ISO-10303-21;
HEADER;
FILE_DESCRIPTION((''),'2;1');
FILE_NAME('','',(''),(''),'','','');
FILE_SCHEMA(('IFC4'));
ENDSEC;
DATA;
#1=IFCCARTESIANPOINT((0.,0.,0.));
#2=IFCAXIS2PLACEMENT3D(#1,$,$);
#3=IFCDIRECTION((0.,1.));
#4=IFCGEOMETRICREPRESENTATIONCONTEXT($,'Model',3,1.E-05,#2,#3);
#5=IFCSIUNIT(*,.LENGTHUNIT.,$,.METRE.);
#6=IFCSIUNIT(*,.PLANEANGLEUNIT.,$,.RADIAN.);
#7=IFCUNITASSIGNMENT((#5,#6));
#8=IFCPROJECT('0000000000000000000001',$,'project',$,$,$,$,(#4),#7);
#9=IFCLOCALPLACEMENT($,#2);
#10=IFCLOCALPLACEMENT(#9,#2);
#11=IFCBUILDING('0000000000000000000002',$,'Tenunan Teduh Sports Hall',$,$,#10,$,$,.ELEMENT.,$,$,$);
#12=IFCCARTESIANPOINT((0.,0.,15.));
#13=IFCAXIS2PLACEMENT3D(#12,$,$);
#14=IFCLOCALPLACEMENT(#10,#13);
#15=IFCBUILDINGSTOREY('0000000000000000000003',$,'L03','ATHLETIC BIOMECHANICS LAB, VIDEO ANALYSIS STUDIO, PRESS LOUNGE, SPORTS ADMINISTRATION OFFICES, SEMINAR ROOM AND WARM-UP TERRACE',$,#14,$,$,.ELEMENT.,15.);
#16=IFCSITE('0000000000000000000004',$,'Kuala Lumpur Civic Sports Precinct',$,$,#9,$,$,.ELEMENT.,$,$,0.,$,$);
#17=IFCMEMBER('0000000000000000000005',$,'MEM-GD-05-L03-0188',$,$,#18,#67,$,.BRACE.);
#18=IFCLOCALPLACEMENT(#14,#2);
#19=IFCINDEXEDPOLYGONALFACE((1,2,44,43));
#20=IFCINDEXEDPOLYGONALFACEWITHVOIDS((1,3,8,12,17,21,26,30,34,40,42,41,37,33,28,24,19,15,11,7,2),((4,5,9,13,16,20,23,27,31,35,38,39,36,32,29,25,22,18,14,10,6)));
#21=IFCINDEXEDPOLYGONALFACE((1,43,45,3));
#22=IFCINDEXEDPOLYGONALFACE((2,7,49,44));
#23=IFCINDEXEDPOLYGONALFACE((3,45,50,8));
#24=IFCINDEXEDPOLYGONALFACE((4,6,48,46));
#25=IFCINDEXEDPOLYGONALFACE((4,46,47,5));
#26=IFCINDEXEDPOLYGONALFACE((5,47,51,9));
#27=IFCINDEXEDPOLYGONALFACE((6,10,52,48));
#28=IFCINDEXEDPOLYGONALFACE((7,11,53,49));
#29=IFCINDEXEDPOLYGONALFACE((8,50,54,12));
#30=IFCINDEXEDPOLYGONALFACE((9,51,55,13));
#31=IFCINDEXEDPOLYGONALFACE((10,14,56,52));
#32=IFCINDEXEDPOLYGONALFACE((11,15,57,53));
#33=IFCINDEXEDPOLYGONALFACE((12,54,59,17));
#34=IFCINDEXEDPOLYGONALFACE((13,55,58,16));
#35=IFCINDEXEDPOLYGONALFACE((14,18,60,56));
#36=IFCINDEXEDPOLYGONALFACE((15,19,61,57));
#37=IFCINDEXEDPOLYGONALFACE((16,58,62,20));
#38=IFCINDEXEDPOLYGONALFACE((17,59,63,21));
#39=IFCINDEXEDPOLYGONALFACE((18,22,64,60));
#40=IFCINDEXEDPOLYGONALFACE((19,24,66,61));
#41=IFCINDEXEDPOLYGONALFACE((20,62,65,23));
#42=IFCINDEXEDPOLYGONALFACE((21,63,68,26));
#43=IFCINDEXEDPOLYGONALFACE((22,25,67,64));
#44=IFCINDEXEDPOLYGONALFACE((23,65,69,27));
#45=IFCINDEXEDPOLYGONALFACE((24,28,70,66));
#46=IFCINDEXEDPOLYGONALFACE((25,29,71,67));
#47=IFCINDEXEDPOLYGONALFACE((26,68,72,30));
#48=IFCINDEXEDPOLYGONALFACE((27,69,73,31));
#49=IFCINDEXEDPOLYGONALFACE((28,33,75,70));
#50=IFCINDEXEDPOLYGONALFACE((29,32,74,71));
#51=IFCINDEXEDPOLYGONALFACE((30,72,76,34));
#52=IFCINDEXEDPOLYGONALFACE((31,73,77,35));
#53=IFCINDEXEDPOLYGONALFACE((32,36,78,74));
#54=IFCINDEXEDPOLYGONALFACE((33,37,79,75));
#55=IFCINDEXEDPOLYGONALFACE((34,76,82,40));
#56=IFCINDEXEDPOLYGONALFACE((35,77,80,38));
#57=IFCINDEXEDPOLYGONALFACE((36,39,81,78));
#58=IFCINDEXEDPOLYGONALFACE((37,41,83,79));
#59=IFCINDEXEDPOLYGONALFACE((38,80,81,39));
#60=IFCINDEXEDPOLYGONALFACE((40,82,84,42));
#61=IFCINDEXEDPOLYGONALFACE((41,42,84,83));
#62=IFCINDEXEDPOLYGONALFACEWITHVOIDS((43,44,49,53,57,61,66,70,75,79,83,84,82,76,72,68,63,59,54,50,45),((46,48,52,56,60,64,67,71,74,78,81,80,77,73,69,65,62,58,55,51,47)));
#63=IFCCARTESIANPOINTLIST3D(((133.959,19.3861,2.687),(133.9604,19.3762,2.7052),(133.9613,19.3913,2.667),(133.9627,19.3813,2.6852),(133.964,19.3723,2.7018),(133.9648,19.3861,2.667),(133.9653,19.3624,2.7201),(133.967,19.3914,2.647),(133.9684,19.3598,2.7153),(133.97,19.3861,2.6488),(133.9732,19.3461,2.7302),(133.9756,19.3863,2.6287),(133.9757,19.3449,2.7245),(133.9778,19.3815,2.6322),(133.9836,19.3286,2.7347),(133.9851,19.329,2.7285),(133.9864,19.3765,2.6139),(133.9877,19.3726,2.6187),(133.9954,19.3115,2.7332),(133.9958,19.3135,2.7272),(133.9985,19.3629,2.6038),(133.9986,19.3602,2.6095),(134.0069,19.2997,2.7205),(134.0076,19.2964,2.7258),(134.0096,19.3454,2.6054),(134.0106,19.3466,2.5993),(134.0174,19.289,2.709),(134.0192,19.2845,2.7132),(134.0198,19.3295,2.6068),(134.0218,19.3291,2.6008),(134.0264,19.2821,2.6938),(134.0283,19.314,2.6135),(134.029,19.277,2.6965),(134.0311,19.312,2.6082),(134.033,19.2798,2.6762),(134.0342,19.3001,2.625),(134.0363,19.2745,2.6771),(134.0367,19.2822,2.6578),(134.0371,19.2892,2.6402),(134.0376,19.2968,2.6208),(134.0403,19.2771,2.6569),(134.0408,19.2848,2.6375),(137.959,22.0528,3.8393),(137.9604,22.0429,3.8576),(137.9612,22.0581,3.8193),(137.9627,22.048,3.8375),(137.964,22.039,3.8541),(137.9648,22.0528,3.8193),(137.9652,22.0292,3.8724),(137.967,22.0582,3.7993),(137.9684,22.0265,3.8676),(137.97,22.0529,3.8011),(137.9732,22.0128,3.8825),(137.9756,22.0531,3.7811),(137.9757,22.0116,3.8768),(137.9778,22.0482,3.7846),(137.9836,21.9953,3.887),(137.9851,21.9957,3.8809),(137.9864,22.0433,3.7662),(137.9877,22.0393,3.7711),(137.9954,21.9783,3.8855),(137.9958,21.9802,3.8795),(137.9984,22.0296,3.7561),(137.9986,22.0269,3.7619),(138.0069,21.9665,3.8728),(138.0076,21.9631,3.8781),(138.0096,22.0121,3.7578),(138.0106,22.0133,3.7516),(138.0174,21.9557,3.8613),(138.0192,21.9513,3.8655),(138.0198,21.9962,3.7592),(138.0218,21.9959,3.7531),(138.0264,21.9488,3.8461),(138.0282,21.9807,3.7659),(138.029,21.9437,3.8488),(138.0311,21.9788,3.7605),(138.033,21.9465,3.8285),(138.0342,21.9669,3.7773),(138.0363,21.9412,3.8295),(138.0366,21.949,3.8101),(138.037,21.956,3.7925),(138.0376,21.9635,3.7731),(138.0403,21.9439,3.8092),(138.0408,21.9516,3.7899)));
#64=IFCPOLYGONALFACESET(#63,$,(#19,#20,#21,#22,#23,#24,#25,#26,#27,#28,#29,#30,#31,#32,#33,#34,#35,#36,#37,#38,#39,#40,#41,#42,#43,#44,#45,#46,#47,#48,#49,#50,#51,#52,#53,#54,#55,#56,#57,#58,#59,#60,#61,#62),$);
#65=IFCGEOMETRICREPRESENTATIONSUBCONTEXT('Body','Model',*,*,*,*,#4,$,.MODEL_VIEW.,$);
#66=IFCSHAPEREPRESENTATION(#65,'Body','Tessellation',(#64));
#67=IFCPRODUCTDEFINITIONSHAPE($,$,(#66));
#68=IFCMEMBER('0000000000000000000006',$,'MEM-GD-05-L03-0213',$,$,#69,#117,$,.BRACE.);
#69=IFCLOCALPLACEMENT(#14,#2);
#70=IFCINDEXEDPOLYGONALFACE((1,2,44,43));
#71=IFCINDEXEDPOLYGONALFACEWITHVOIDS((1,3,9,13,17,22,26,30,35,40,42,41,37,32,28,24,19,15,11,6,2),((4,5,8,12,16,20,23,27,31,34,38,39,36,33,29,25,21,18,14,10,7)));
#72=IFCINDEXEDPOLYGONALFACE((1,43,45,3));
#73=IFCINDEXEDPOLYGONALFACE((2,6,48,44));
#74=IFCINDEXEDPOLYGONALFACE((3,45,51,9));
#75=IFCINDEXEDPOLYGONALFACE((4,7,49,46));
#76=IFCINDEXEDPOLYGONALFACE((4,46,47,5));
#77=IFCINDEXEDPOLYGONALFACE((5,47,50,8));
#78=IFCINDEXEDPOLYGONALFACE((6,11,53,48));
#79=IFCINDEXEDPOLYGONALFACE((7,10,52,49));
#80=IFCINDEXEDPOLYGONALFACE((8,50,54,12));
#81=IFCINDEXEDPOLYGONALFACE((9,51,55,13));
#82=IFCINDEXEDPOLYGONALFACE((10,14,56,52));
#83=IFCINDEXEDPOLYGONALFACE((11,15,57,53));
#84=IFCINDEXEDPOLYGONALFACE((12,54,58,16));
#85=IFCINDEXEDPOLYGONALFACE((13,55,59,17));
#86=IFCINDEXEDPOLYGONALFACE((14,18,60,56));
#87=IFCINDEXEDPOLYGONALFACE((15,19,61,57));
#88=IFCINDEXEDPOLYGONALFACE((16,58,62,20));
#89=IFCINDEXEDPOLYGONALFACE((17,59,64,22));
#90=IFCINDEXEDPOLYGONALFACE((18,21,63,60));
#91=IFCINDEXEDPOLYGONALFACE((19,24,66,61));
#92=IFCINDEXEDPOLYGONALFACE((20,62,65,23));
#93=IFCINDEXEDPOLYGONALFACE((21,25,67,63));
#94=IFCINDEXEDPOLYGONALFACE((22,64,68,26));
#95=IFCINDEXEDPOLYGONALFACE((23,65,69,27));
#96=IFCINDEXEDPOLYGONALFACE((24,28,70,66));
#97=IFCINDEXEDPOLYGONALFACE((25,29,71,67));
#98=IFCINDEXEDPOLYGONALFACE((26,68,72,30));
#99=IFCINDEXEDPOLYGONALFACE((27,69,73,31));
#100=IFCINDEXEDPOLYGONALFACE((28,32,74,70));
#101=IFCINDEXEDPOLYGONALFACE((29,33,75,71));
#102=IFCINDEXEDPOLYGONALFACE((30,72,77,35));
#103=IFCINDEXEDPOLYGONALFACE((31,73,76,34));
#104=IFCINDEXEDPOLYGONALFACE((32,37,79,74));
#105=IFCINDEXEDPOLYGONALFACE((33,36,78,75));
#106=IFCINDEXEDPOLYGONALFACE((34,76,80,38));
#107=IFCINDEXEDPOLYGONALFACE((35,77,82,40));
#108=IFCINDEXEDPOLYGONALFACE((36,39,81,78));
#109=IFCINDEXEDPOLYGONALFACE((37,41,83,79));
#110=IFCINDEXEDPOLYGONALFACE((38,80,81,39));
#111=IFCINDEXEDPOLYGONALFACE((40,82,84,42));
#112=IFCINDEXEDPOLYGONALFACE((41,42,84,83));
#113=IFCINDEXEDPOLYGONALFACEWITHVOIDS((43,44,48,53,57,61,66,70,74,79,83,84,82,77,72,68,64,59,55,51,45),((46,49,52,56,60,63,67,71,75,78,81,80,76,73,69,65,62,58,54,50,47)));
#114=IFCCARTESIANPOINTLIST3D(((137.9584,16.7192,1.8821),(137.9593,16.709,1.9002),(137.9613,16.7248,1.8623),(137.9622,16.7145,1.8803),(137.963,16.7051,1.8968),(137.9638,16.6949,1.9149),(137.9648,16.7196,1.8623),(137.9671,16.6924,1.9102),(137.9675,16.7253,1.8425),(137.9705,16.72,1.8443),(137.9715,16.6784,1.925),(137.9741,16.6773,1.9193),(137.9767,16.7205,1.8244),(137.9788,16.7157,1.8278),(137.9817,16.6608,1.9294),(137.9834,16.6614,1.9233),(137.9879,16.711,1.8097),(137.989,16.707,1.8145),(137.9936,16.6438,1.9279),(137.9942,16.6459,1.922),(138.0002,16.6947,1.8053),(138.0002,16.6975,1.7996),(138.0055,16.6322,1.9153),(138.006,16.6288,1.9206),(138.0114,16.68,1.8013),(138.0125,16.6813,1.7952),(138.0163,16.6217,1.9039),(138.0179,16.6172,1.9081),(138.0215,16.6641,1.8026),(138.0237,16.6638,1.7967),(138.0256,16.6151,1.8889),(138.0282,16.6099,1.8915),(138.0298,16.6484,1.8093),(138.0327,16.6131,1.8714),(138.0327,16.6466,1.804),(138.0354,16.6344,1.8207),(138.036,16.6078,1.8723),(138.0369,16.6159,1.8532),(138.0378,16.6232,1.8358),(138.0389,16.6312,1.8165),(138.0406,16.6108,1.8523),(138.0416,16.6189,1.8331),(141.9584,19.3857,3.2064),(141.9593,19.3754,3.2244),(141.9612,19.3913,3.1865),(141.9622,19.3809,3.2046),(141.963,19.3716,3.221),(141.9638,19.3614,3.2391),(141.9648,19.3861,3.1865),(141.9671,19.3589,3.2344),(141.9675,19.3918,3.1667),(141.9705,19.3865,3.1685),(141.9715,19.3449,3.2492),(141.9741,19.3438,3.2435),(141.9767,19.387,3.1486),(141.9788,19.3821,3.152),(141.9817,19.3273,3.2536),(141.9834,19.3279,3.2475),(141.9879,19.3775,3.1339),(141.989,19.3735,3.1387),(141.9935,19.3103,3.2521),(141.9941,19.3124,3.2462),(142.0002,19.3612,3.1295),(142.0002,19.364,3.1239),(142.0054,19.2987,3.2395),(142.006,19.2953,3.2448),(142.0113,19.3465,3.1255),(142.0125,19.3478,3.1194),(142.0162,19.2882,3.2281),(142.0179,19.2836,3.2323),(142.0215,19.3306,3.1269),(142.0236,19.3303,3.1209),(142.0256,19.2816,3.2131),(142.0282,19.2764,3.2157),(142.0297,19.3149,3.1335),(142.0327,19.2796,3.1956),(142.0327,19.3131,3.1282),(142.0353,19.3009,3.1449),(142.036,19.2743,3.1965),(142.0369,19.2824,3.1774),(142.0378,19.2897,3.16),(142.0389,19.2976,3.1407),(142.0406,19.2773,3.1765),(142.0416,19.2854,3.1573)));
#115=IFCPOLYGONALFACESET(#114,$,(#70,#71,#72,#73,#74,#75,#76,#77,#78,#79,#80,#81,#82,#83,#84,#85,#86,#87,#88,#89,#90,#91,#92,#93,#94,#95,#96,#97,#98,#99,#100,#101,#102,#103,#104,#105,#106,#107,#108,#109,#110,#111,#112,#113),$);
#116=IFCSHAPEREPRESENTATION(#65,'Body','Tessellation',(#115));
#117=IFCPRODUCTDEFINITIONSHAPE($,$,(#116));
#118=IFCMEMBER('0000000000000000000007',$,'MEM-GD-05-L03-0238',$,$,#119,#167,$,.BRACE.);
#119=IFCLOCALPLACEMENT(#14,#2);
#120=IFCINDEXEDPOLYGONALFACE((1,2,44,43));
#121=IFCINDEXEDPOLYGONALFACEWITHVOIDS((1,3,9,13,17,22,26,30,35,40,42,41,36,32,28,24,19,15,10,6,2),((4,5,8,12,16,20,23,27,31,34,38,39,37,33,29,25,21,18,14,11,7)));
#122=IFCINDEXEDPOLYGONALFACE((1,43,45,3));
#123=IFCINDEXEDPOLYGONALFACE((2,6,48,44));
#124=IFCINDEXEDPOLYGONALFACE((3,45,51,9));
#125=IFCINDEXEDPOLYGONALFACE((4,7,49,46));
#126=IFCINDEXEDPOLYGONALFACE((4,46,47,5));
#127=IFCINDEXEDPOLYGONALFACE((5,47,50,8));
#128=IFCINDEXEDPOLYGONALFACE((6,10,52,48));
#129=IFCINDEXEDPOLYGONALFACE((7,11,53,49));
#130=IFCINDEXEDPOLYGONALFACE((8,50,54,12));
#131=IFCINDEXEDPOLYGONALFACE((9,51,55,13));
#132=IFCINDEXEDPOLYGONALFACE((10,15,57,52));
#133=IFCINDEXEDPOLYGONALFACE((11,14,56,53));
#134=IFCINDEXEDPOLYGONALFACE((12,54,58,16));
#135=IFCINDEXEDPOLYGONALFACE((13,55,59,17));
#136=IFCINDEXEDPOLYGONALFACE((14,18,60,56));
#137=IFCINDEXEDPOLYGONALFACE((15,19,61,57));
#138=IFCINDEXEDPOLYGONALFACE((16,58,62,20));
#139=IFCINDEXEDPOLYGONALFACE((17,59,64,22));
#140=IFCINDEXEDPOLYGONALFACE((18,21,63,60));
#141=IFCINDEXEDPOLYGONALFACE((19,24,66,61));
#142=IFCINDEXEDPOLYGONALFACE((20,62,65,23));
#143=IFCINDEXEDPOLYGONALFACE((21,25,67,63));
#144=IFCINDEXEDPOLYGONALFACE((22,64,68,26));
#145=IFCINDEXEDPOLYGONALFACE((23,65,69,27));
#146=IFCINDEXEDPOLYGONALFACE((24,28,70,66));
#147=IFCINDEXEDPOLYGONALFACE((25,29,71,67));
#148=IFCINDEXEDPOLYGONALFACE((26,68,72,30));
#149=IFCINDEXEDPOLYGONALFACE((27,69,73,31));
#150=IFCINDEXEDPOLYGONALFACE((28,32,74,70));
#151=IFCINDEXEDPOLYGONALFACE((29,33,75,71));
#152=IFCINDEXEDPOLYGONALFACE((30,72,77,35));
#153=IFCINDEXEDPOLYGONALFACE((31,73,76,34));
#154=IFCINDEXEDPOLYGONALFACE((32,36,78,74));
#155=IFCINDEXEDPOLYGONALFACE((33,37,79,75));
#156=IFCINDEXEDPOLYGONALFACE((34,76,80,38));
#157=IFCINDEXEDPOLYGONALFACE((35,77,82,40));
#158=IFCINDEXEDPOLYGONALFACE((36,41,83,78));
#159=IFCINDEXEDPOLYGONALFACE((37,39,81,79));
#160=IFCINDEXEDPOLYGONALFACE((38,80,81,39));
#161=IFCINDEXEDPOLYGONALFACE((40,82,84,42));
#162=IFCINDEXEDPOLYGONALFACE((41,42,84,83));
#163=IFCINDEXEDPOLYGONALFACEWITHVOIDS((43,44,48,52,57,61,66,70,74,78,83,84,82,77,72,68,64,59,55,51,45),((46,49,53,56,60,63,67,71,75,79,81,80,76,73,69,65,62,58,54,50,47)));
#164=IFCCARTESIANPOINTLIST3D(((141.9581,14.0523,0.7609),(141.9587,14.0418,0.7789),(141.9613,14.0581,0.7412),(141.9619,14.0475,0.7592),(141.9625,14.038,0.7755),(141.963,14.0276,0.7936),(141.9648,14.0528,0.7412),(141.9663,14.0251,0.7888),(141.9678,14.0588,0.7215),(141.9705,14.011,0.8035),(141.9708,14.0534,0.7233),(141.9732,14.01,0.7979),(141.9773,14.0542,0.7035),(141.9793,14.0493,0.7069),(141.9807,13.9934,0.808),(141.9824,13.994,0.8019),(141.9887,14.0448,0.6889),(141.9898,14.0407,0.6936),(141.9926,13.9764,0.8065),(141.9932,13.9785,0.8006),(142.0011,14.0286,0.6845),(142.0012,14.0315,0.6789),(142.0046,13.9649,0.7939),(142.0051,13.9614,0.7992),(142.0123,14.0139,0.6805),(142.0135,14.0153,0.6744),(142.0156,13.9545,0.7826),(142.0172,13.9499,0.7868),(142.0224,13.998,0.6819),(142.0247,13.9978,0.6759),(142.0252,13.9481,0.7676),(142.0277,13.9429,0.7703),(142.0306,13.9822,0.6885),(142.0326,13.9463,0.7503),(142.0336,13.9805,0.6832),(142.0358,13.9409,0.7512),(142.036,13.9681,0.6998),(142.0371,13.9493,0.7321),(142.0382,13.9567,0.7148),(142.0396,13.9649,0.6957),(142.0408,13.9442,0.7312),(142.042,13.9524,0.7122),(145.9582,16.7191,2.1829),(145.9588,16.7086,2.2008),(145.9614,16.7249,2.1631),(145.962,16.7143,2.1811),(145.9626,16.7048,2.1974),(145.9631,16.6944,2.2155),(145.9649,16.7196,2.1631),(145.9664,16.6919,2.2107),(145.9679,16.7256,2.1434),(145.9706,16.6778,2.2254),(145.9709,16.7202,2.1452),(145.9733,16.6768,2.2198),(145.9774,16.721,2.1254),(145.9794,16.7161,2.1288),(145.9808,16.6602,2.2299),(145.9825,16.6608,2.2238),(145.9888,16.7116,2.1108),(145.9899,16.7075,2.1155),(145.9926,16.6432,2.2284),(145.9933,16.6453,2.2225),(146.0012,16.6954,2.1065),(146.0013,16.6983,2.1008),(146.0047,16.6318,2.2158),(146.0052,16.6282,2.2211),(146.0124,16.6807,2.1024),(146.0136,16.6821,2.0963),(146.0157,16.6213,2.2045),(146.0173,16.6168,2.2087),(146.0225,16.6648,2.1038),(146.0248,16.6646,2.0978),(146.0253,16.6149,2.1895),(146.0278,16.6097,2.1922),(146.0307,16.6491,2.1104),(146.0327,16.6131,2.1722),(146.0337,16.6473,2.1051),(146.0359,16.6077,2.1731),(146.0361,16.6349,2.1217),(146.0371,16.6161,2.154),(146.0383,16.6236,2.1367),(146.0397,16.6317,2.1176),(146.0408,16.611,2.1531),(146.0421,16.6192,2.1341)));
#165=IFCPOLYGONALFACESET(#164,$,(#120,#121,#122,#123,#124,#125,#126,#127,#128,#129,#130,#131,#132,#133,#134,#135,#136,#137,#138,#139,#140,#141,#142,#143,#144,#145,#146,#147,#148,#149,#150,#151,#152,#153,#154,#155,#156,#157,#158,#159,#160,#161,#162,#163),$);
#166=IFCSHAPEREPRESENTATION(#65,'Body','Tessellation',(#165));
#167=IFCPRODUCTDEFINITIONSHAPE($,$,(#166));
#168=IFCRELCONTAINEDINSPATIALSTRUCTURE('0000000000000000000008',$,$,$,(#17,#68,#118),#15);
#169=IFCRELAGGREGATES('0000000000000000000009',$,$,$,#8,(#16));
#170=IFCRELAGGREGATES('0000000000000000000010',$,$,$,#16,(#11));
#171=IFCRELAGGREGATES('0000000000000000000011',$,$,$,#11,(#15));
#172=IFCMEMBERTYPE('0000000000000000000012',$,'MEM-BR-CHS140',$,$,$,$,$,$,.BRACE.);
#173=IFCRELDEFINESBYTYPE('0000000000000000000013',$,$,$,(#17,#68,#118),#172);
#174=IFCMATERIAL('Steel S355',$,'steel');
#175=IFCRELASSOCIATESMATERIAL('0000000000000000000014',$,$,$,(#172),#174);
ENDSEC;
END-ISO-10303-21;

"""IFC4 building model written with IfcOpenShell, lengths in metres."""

from ifc_helpers import new_model, si_unit, direction, frame, origin, origin_2d, place, context, subcontext, project, spatial, hollow_circle, extrude, material, material_profile, profile_set, type_object, element, save


model = new_model("IFC4")

# Units and contexts
model_context = context("Model", 3, precision=1e-05, world=origin(), true_north=direction((0.0, 1.0)))
body_context = subcontext(model_context, "Body", "Model", "MODEL_VIEW")
ifc_project = project(units=[si_unit("LENGTHUNIT", "METRE"), si_unit("PLANEANGLEUNIT", "RADIAN")], contexts=[model_context])

# Site, building, storey
site_placement = place(None, origin())
site = spatial("IfcSite", under=ifc_project, at=site_placement, Name="Kuala Lumpur Civic Sports Precinct", CompositionType="ELEMENT", RefElevation=0.0)
building_placement = place(site_placement, origin())
building = spatial("IfcBuilding", under=site, at=building_placement, Name="Tenunan Teduh Sports Hall", CompositionType="ELEMENT")
storey_placement = place(building_placement, frame((0.0, 0.0, 15.0)))
storey = spatial("IfcBuildingStorey", under=building, at=storey_placement, Name="L03", Description="ATHLETIC BIOMECHANICS LAB, VIDEO ANALYSIS STUDIO, PRESS LOUNGE, SPORTS ADMINISTRATION OFFICES, SEMINAR ROOM AND WARM-UP TERRACE", CompositionType="ELEMENT", Elevation=15.0)

# Members
ifc_material_1 = material(Name="Steel S355", Category="steel")
ifc_material_profile_1 = material_profile(ifc_material_1, hollow_circle(Radius=0.0698, WallThickness=0.0063, at=origin_2d()), Name="CHS 139.7x6.3")
ifc_profile_set_1 = profile_set([ifc_material_profile_1], Name="Steel S355")
member_type_1 = type_object("IfcMemberType", Name="MEM-BR-CHS140", PredefinedType="BRACE", material=ifc_profile_set_1)
member_1_placement = place(storey_placement, frame((134.0, 19.3333, 2.667), z_axis=(0.809123, 0.539432, 0.233097), x_axis=(-0.554712, 0.832042, 0.0)))
element("IfcMember", 1, at=member_1_placement, inside=storey, type_object=member_type_1, Name="MEM-GD-05-L03-0188", PredefinedType="BRACE", context=body_context, shape_type="SweptSolid", body=[
    extrude(hollow_circle(Radius=0.0698, WallThickness=0.0063, at=origin_2d()), origin(), (0.0, 0.0, 1.0), 4.9436),
])
member_2_placement = place(storey_placement, frame((138.0, 16.6667, 1.8623), z_axis=(0.802188, 0.534759, 0.265568), x_axis=(-0.554677, 0.832066, 0.0)))
element("IfcMember", 2, at=member_2_placement, inside=storey, type_object=member_type_1, Name="MEM-GD-05-L03-0213", PredefinedType="BRACE", context=body_context, shape_type="SweptSolid", body=[
    extrude(hollow_circle(Radius=0.0698, WallThickness=0.0063, at=origin_2d()), origin(), (0.0, 0.0, 1.0), 4.9863),
])
member_3_placement = place(storey_placement, frame((142.0, 14.0, 0.7412), z_axis=(0.797876, 0.531934, 0.28362), x_axis=(-0.554712, 0.832042, 0.0)))
element("IfcMember", 3, at=member_3_placement, inside=storey, type_object=member_type_1, Name="MEM-GD-05-L03-0238", PredefinedType="BRACE", context=body_context, shape_type="SweptSolid", body=[
    extrude(hollow_circle(Radius=0.0698, WallThickness=0.0063, at=origin_2d()), origin(), (0.0, 0.0, 1.0), 5.0134),
])

save(model, "model.ifc")
